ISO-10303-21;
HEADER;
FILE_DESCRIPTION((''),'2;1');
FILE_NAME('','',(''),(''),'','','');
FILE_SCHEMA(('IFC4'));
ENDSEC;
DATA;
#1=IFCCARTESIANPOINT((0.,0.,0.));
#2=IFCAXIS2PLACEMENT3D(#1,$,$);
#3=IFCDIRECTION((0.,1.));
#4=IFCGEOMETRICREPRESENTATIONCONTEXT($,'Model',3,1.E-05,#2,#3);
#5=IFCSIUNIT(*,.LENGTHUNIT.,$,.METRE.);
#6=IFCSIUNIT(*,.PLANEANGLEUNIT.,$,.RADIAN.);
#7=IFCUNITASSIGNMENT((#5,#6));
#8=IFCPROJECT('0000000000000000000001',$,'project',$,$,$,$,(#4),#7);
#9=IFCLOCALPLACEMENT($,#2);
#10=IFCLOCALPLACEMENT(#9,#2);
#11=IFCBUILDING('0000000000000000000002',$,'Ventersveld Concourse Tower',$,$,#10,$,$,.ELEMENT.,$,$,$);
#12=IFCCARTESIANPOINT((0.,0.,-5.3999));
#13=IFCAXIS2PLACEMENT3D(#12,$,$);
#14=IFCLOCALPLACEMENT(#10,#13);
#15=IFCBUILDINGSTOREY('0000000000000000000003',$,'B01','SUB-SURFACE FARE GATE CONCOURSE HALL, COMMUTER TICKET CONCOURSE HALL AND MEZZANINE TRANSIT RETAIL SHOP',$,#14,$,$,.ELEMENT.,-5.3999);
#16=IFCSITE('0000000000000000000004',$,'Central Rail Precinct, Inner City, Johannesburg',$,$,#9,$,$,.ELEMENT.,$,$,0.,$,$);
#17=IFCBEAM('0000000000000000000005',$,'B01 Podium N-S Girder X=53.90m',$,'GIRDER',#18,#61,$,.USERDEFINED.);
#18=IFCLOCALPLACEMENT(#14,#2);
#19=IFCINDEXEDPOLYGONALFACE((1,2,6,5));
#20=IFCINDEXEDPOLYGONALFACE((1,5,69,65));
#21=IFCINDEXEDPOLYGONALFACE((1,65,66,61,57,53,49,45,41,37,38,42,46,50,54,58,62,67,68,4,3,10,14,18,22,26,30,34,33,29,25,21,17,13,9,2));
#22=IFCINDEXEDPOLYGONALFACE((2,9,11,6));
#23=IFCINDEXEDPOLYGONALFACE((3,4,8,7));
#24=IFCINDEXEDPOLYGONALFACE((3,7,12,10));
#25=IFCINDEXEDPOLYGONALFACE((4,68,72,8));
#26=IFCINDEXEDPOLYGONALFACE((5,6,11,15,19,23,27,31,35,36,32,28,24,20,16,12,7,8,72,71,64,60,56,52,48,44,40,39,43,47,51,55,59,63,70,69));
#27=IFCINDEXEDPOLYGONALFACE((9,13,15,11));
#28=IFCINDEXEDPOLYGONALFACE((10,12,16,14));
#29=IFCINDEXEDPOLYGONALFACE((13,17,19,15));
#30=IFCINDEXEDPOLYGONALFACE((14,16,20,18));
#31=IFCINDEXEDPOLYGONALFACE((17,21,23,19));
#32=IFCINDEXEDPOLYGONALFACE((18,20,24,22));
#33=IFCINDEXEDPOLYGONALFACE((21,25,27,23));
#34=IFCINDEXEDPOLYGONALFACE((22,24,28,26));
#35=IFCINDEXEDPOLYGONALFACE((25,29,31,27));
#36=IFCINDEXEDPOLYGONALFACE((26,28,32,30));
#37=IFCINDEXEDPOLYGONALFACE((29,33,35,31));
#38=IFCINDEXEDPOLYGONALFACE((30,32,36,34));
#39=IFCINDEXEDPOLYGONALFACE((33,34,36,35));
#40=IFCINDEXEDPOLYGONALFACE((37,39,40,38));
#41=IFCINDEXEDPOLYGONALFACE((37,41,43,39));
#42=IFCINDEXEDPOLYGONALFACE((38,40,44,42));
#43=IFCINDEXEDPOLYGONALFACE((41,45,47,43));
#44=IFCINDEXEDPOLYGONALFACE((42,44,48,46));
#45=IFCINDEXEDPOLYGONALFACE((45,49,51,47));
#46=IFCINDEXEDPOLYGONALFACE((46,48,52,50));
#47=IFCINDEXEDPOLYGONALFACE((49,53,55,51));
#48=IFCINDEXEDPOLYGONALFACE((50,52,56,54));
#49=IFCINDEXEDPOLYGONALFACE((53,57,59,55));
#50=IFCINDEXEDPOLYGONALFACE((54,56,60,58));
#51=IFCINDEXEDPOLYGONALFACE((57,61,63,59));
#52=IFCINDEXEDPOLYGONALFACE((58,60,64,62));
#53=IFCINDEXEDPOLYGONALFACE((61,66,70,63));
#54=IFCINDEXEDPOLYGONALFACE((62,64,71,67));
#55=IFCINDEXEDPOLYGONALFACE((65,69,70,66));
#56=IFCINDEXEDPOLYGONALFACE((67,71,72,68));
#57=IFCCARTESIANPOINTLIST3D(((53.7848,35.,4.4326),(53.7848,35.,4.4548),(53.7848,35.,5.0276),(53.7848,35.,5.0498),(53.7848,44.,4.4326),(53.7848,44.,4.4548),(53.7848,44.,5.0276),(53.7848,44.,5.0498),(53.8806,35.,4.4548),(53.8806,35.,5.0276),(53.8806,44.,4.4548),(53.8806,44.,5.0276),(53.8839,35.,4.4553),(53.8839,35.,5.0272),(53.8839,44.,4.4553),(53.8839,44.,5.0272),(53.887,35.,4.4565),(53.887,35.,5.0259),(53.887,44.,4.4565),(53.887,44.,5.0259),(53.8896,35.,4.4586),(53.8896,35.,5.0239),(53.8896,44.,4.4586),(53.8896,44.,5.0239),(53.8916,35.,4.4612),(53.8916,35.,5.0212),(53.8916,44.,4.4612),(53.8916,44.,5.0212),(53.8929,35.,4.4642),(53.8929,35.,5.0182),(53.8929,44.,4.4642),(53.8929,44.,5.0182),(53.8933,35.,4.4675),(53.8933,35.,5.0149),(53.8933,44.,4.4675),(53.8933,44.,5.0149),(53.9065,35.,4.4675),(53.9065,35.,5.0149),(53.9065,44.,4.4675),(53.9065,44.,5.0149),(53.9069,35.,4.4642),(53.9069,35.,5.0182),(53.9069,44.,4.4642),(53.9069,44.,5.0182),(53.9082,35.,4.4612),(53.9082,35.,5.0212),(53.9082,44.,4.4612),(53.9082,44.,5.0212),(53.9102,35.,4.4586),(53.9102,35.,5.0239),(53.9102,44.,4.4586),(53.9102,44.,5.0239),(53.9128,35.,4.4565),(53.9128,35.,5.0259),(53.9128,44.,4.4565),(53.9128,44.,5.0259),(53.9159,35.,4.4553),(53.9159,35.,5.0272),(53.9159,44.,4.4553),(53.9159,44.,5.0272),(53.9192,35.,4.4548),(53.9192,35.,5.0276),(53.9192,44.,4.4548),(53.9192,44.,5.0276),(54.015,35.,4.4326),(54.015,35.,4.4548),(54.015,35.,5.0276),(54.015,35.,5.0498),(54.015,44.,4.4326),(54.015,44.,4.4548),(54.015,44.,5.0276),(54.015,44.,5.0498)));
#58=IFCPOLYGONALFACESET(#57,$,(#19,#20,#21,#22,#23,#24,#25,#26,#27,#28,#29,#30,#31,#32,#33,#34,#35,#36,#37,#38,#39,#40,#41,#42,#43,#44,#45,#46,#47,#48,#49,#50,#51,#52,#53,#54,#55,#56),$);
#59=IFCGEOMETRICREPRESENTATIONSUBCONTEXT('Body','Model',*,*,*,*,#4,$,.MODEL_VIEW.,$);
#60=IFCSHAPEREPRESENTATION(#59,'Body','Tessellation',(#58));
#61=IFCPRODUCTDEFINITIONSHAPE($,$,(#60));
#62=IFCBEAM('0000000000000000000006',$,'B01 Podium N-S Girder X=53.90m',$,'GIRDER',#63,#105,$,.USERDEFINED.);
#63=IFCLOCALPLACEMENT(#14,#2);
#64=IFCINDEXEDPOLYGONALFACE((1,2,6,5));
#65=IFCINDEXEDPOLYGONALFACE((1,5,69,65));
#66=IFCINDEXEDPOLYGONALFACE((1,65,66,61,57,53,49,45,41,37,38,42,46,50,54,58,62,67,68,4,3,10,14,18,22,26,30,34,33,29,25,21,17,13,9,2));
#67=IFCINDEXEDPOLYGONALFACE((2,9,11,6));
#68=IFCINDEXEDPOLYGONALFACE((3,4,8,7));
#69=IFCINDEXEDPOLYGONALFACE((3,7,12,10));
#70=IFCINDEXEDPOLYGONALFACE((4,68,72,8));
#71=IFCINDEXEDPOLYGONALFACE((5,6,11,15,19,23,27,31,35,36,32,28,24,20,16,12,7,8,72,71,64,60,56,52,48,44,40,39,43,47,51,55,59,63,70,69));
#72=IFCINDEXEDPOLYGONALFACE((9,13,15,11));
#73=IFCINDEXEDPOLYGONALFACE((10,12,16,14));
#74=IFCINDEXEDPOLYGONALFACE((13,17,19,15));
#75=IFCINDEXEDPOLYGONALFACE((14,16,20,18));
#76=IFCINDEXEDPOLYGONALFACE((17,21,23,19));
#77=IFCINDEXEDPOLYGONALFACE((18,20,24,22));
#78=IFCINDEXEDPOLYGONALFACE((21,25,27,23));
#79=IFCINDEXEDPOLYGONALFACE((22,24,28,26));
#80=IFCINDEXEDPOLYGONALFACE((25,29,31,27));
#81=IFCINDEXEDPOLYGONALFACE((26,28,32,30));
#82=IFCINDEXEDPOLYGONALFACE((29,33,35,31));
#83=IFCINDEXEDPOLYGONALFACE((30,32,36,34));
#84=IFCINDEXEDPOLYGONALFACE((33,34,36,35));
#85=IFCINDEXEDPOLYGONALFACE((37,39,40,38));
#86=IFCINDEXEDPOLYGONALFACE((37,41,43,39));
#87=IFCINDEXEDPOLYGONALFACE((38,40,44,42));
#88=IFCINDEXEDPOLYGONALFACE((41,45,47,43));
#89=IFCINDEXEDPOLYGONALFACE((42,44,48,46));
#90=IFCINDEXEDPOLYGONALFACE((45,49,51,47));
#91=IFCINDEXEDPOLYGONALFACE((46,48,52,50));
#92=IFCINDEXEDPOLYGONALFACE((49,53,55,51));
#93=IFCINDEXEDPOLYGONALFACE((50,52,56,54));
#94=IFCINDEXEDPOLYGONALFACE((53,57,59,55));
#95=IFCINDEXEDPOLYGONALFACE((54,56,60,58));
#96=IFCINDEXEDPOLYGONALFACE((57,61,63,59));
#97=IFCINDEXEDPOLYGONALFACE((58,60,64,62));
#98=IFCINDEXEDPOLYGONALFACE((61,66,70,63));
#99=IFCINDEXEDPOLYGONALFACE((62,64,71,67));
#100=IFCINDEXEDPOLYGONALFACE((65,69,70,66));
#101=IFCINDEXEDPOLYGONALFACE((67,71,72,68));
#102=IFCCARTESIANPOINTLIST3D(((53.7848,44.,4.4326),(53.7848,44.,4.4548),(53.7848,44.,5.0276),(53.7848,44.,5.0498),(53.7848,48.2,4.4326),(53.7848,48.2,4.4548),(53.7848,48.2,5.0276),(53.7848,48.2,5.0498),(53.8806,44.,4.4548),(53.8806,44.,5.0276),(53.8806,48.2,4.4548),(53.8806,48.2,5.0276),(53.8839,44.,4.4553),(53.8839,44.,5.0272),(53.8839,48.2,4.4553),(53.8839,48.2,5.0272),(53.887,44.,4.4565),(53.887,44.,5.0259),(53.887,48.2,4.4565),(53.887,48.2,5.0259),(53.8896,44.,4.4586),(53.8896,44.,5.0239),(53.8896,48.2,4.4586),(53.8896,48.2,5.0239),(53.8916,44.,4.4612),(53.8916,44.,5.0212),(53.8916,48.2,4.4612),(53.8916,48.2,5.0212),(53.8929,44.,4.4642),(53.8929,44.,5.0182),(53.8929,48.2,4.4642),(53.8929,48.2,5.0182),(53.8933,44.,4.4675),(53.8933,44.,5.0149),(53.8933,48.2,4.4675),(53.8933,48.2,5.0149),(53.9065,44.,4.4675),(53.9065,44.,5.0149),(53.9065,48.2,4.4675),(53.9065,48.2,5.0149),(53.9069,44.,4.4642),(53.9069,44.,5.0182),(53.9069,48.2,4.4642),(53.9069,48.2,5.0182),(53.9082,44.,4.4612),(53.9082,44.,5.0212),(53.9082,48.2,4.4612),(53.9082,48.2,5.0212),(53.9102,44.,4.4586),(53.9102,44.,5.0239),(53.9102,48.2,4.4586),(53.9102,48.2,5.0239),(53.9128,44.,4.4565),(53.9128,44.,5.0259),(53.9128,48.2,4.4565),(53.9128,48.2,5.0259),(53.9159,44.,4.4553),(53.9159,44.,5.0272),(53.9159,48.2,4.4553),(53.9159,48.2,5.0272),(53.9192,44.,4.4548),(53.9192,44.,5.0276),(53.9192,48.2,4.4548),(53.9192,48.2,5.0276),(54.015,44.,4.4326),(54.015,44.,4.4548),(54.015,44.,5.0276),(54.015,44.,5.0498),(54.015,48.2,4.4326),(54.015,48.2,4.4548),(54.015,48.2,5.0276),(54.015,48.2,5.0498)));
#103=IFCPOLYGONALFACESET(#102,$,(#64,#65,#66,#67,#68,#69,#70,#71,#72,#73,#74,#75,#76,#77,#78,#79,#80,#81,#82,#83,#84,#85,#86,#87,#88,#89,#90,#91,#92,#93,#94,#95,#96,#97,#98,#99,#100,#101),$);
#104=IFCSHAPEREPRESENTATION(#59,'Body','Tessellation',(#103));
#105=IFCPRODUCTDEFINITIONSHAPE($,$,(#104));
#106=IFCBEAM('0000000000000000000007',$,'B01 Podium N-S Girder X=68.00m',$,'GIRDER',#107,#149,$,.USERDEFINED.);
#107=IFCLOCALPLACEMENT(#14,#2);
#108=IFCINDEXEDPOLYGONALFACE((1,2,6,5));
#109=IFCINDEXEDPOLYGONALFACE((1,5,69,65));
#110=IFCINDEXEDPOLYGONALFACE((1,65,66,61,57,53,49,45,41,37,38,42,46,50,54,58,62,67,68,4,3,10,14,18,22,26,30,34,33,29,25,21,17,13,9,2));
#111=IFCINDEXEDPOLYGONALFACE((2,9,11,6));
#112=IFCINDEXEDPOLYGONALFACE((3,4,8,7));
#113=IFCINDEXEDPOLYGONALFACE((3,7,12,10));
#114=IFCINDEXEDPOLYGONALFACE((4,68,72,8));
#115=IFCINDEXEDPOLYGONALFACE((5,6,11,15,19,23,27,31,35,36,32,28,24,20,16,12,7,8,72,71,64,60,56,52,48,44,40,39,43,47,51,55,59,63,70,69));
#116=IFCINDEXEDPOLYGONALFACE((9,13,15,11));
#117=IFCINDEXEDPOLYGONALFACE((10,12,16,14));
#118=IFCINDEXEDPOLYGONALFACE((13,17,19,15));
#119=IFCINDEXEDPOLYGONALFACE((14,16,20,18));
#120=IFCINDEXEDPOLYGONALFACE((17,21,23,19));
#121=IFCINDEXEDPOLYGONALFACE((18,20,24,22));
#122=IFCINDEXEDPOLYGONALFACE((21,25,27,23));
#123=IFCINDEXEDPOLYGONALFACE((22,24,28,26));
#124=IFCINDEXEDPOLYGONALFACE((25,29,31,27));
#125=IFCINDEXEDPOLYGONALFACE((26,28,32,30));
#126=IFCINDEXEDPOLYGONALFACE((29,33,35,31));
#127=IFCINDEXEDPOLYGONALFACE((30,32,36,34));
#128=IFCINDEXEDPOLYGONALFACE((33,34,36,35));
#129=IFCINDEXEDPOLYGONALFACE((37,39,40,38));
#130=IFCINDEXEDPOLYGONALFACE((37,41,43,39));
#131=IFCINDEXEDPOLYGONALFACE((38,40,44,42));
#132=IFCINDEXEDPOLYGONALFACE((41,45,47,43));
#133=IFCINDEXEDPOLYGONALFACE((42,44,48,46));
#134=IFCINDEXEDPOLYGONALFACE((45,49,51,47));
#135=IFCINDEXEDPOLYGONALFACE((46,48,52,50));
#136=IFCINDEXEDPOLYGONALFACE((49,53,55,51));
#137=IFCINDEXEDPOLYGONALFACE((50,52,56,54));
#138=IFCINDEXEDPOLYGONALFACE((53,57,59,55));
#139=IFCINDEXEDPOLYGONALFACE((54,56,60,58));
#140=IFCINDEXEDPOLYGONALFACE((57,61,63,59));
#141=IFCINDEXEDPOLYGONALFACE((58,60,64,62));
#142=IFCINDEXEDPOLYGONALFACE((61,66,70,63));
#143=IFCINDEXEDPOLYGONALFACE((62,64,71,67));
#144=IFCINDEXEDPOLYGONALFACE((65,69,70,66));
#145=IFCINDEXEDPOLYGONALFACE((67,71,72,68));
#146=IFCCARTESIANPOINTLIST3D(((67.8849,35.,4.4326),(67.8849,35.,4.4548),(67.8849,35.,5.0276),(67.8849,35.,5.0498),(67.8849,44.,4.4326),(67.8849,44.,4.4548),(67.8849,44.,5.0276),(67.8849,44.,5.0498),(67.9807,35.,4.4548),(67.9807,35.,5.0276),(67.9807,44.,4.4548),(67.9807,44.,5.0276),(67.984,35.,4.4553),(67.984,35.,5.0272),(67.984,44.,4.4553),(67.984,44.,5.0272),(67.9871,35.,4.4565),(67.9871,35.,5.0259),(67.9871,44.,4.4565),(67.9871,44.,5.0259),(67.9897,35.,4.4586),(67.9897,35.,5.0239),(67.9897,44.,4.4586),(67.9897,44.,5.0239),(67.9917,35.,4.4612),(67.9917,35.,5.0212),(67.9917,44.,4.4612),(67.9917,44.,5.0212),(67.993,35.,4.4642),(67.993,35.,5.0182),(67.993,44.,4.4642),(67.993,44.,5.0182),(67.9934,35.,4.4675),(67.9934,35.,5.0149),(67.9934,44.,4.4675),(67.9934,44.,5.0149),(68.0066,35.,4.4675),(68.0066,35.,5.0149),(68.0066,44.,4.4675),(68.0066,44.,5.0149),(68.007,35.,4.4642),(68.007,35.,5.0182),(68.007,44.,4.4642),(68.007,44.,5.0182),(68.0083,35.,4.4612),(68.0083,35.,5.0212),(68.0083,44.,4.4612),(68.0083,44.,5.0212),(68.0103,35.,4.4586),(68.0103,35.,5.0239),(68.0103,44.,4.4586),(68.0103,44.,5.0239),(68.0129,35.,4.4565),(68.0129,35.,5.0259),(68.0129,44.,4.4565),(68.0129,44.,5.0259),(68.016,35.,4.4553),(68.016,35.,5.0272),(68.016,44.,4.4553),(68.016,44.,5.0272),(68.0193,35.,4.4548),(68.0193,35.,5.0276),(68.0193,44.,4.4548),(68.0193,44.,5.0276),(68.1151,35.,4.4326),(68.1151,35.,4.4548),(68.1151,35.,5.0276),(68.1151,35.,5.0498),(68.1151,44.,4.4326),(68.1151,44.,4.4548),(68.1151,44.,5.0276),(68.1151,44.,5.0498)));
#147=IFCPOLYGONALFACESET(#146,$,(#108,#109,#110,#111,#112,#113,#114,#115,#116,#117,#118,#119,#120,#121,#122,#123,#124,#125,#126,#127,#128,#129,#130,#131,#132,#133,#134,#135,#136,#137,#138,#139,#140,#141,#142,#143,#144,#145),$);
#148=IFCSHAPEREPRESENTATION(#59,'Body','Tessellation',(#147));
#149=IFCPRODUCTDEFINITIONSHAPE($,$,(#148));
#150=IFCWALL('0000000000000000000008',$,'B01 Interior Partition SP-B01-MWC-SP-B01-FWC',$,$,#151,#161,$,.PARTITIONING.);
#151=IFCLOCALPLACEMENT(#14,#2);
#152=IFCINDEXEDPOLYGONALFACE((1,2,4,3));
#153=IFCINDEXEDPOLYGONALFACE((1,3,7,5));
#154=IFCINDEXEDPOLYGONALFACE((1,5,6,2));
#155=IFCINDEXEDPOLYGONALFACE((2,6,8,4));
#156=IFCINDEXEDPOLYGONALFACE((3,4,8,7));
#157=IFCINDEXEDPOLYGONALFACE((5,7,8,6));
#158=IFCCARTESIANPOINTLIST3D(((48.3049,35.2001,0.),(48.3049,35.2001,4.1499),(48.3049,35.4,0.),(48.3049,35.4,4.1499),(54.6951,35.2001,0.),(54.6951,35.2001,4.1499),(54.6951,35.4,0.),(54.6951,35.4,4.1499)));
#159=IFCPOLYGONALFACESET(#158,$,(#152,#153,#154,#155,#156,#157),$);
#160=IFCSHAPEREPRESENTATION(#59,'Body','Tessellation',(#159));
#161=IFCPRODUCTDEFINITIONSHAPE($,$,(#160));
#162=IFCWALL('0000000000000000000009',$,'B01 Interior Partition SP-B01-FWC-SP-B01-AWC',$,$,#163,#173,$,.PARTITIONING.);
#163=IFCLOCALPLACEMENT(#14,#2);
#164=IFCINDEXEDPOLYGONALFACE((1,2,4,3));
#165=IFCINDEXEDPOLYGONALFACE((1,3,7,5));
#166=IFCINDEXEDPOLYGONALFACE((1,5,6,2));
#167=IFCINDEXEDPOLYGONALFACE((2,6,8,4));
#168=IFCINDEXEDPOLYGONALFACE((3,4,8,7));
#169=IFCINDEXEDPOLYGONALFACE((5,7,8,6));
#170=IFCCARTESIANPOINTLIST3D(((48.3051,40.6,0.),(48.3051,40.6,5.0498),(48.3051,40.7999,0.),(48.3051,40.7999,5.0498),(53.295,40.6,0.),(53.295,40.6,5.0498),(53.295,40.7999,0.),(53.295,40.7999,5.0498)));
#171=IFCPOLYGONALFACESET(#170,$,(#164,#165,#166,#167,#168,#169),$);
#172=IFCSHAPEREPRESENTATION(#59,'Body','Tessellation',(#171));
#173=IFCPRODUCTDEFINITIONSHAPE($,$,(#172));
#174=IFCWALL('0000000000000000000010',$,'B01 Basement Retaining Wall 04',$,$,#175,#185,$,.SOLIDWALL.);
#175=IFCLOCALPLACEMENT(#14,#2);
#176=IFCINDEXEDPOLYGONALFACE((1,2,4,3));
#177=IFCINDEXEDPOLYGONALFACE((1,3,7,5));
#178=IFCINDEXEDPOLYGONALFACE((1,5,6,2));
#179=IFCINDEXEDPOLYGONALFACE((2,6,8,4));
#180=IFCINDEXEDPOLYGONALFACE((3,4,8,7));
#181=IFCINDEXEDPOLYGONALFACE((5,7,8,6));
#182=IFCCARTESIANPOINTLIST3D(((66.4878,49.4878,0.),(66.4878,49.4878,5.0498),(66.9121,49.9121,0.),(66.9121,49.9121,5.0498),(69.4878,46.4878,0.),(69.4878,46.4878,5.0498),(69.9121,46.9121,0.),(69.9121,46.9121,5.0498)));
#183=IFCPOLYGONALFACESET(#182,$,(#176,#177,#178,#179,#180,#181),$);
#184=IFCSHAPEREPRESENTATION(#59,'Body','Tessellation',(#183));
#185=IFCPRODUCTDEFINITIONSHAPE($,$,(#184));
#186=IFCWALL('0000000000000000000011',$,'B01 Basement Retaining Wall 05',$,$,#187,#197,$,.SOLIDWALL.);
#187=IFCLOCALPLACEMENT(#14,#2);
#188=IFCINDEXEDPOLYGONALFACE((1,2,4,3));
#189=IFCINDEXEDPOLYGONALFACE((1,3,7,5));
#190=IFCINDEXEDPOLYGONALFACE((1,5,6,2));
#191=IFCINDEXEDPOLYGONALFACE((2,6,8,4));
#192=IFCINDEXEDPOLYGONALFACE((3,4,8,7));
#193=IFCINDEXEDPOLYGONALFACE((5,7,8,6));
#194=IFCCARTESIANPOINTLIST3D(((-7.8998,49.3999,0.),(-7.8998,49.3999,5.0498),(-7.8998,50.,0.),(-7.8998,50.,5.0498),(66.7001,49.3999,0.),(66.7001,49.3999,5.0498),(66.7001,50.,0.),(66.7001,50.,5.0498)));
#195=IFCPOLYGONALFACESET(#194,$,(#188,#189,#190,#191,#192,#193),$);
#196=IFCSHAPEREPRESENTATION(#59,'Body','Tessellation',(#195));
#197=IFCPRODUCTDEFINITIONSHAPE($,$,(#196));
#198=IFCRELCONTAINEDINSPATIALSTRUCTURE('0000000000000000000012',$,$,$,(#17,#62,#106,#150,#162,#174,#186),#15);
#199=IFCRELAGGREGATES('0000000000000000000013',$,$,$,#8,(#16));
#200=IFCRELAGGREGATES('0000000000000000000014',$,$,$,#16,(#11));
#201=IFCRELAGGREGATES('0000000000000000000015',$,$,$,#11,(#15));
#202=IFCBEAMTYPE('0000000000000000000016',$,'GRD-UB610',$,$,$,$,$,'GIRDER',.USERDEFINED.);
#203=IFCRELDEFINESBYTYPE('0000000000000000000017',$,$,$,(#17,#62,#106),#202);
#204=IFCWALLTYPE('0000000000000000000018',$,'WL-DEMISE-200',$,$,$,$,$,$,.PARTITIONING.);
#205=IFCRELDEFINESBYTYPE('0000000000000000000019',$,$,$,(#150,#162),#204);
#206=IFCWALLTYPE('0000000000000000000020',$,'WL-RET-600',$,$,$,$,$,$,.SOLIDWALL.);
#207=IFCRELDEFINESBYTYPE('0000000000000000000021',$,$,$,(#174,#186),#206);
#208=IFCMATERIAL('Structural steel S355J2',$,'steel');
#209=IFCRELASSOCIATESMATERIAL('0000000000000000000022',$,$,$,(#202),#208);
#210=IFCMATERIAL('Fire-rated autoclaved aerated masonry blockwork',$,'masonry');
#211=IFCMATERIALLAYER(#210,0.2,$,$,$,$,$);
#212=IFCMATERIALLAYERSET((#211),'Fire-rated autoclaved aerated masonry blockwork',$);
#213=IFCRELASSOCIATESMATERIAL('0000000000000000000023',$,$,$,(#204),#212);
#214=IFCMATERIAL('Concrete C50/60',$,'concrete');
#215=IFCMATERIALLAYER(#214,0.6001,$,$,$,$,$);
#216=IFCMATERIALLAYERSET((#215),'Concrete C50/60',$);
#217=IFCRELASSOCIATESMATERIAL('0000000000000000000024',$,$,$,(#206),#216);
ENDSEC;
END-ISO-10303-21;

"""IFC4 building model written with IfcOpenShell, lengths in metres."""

from ifc_helpers import new_model, si_unit, direction, frame, frame_2d, origin, origin_2d, place, context, subcontext, project, spatial, rectangle, i_section, extrude, material, layer, layer_set, material_profile, profile_set, type_object, element, save


model = new_model("IFC4")

# Units and contexts
model_context = context("Model", 3, precision=1e-05, world=origin(), true_north=direction((0.0, 1.0)))
body_context = subcontext(model_context, "Body", "Model", "MODEL_VIEW")
ifc_project = project(units=[si_unit("LENGTHUNIT", "METRE"), si_unit("PLANEANGLEUNIT", "RADIAN")], contexts=[model_context])

# Site, building, storey
site_placement = place(None, origin())
site = spatial("IfcSite", under=ifc_project, at=site_placement, Name="Central Rail Precinct, Inner City, Johannesburg", CompositionType="ELEMENT", RefElevation=0.0)
building_placement = place(site_placement, origin())
building = spatial("IfcBuilding", under=site, at=building_placement, Name="Ventersveld Concourse Tower", CompositionType="ELEMENT")
storey_placement = place(building_placement, frame((0.0, 0.0, -5.3999)))
storey = spatial("IfcBuildingStorey", under=building, at=storey_placement, Name="B01", Description="SUB-SURFACE FARE GATE CONCOURSE HALL, COMMUTER TICKET CONCOURSE HALL AND MEZZANINE TRANSIT RETAIL SHOP", CompositionType="ELEMENT", Elevation=-5.3999)

# Beams
ifc_material_1 = material(Name="Structural steel S355J2", Category="steel")
ifc_material_profile_1 = material_profile(ifc_material_1, i_section(OverallWidth=0.2302, OverallDepth=0.6172, WebThickness=0.0132, FlangeThickness=0.0222, FilletRadius=0.0127, at=origin_2d()), Name="UB 610x229x140")
ifc_profile_set_1 = profile_set([ifc_material_profile_1], Name="Structural steel S355J2")
beam_type_1 = type_object("IfcBeamType", Name="GRD-UB610", ElementType="GIRDER", PredefinedType="USERDEFINED", material=ifc_profile_set_1)
beam_1_placement = place(storey_placement, frame((53.8999, 35.0, 4.7412), z_axis=(0.0, 1.0, 0.0), x_axis=(-1.0, 0.0, 0.0)))
element("IfcBeam", 1, at=beam_1_placement, inside=storey, type_object=beam_type_1, Name="B01 Podium N-S Girder X=53.90m", ObjectType="GIRDER", PredefinedType="USERDEFINED", context=body_context, shape_type="SweptSolid", body=[
    extrude(i_section(OverallWidth=0.2302, OverallDepth=0.6172, WebThickness=0.0132, FlangeThickness=0.0222, FilletRadius=0.0127, at=origin_2d()), origin(), (0.0, 0.0, 1.0), 9.0),
])
beam_2_placement = place(storey_placement, frame((53.8999, 44.0, 4.7412), z_axis=(0.0, 1.0, 0.0), x_axis=(-1.0, 0.0, 0.0)))
element("IfcBeam", 2, at=beam_2_placement, inside=storey, type_object=beam_type_1, Name="B01 Podium N-S Girder X=53.90m", ObjectType="GIRDER", PredefinedType="USERDEFINED", context=body_context, shape_type="SweptSolid", body=[
    extrude(i_section(OverallWidth=0.2302, OverallDepth=0.6172, WebThickness=0.0132, FlangeThickness=0.0222, FilletRadius=0.0127, at=origin_2d()), origin(), (0.0, 0.0, 1.0), 4.2),
])
beam_3_placement = place(storey_placement, frame((68.0, 35.0, 4.7412), z_axis=(0.0, 1.0, 0.0), x_axis=(-1.0, 0.0, 0.0)))
element("IfcBeam", 3, at=beam_3_placement, inside=storey, type_object=beam_type_1, Name="B01 Podium N-S Girder X=68.00m", ObjectType="GIRDER", PredefinedType="USERDEFINED", context=body_context, shape_type="SweptSolid", body=[
    extrude(i_section(OverallWidth=0.2302, OverallDepth=0.6172, WebThickness=0.0132, FlangeThickness=0.0222, FilletRadius=0.0127, at=origin_2d()), origin(), (0.0, 0.0, 1.0), 9.0),
])

# Walls
ifc_material_2 = material(Name="Fire-rated autoclaved aerated masonry blockwork", Category="masonry")
ifc_layer_1 = layer(ifc_material_2, 0.2)
ifc_layer_set_1 = layer_set([ifc_layer_1], Name="Fire-rated autoclaved aerated masonry blockwork")
wall_type_1 = type_object("IfcWallType", Name="WL-DEMISE-200", PredefinedType="PARTITIONING", material=ifc_layer_set_1)
wall_1_placement = place(storey_placement, frame((48.3049, 35.3, 0.0), z_axis=(0.0, 0.0, 1.0), x_axis=(1.0, 0.0, 0.0)))
element("IfcWall", 4, at=wall_1_placement, inside=storey, type_object=wall_type_1, Name="B01 Interior Partition SP-B01-MWC-SP-B01-FWC", PredefinedType="PARTITIONING", context=body_context, shape_type="SweptSolid", body=[
    extrude(rectangle(XDim=6.3901, YDim=0.2, at=frame_2d((3.1951, 0.0))), origin(), (0.0, 0.0, 1.0), 4.1499),
])
wall_2_placement = place(storey_placement, frame((48.3049, 40.7, 0.0), z_axis=(0.0, 0.0, 1.0), x_axis=(1.0, 0.0, 0.0)))
element("IfcWall", 5, at=wall_2_placement, inside=storey, type_object=wall_type_1, Name="B01 Interior Partition SP-B01-FWC-SP-B01-AWC", PredefinedType="PARTITIONING", context=body_context, shape_type="SweptSolid", body=[
    extrude(rectangle(XDim=4.99, YDim=0.2, at=frame_2d((2.4951, 0.0))), origin(), (0.0, 0.0, 1.0), 5.0498),
])
ifc_material_3 = material(Name="Concrete C50/60", Category="concrete")
ifc_layer_2 = layer(ifc_material_3, 0.6001)
ifc_layer_set_2 = layer_set([ifc_layer_2], Name="Concrete C50/60")
wall_type_2 = type_object("IfcWallType", Name="WL-RET-600", PredefinedType="SOLIDWALL", material=ifc_layer_set_2)
wall_3_placement = place(storey_placement, frame((69.7, 46.7, 0.0), z_axis=(0.0, 0.0, 1.0), x_axis=(-0.707107, 0.707107, 0.0)))
element("IfcWall", 6, at=wall_3_placement, inside=storey, type_object=wall_type_2, Name="B01 Basement Retaining Wall 04", PredefinedType="SOLIDWALL", context=body_context, shape_type="SweptSolid", body=[
    extrude(rectangle(XDim=4.2427, YDim=0.6001, at=frame_2d((2.1213, 0.0))), origin(), (0.0, 0.0, 1.0), 5.0498),
])
wall_4_placement = place(storey_placement, frame((66.7, 49.7, 0.0), z_axis=(0.0, 0.0, 1.0), x_axis=(-1.0, 0.0, 0.0)))
element("IfcWall", 7, at=wall_4_placement, inside=storey, type_object=wall_type_2, Name="B01 Basement Retaining Wall 05", PredefinedType="SOLIDWALL", context=body_context, shape_type="SweptSolid", body=[
    extrude(rectangle(XDim=74.5999, YDim=0.6001, at=frame_2d((37.2998, 0.0))), origin(), (0.0, 0.0, 1.0), 5.0498),
])

save(model, "model.ifc")
